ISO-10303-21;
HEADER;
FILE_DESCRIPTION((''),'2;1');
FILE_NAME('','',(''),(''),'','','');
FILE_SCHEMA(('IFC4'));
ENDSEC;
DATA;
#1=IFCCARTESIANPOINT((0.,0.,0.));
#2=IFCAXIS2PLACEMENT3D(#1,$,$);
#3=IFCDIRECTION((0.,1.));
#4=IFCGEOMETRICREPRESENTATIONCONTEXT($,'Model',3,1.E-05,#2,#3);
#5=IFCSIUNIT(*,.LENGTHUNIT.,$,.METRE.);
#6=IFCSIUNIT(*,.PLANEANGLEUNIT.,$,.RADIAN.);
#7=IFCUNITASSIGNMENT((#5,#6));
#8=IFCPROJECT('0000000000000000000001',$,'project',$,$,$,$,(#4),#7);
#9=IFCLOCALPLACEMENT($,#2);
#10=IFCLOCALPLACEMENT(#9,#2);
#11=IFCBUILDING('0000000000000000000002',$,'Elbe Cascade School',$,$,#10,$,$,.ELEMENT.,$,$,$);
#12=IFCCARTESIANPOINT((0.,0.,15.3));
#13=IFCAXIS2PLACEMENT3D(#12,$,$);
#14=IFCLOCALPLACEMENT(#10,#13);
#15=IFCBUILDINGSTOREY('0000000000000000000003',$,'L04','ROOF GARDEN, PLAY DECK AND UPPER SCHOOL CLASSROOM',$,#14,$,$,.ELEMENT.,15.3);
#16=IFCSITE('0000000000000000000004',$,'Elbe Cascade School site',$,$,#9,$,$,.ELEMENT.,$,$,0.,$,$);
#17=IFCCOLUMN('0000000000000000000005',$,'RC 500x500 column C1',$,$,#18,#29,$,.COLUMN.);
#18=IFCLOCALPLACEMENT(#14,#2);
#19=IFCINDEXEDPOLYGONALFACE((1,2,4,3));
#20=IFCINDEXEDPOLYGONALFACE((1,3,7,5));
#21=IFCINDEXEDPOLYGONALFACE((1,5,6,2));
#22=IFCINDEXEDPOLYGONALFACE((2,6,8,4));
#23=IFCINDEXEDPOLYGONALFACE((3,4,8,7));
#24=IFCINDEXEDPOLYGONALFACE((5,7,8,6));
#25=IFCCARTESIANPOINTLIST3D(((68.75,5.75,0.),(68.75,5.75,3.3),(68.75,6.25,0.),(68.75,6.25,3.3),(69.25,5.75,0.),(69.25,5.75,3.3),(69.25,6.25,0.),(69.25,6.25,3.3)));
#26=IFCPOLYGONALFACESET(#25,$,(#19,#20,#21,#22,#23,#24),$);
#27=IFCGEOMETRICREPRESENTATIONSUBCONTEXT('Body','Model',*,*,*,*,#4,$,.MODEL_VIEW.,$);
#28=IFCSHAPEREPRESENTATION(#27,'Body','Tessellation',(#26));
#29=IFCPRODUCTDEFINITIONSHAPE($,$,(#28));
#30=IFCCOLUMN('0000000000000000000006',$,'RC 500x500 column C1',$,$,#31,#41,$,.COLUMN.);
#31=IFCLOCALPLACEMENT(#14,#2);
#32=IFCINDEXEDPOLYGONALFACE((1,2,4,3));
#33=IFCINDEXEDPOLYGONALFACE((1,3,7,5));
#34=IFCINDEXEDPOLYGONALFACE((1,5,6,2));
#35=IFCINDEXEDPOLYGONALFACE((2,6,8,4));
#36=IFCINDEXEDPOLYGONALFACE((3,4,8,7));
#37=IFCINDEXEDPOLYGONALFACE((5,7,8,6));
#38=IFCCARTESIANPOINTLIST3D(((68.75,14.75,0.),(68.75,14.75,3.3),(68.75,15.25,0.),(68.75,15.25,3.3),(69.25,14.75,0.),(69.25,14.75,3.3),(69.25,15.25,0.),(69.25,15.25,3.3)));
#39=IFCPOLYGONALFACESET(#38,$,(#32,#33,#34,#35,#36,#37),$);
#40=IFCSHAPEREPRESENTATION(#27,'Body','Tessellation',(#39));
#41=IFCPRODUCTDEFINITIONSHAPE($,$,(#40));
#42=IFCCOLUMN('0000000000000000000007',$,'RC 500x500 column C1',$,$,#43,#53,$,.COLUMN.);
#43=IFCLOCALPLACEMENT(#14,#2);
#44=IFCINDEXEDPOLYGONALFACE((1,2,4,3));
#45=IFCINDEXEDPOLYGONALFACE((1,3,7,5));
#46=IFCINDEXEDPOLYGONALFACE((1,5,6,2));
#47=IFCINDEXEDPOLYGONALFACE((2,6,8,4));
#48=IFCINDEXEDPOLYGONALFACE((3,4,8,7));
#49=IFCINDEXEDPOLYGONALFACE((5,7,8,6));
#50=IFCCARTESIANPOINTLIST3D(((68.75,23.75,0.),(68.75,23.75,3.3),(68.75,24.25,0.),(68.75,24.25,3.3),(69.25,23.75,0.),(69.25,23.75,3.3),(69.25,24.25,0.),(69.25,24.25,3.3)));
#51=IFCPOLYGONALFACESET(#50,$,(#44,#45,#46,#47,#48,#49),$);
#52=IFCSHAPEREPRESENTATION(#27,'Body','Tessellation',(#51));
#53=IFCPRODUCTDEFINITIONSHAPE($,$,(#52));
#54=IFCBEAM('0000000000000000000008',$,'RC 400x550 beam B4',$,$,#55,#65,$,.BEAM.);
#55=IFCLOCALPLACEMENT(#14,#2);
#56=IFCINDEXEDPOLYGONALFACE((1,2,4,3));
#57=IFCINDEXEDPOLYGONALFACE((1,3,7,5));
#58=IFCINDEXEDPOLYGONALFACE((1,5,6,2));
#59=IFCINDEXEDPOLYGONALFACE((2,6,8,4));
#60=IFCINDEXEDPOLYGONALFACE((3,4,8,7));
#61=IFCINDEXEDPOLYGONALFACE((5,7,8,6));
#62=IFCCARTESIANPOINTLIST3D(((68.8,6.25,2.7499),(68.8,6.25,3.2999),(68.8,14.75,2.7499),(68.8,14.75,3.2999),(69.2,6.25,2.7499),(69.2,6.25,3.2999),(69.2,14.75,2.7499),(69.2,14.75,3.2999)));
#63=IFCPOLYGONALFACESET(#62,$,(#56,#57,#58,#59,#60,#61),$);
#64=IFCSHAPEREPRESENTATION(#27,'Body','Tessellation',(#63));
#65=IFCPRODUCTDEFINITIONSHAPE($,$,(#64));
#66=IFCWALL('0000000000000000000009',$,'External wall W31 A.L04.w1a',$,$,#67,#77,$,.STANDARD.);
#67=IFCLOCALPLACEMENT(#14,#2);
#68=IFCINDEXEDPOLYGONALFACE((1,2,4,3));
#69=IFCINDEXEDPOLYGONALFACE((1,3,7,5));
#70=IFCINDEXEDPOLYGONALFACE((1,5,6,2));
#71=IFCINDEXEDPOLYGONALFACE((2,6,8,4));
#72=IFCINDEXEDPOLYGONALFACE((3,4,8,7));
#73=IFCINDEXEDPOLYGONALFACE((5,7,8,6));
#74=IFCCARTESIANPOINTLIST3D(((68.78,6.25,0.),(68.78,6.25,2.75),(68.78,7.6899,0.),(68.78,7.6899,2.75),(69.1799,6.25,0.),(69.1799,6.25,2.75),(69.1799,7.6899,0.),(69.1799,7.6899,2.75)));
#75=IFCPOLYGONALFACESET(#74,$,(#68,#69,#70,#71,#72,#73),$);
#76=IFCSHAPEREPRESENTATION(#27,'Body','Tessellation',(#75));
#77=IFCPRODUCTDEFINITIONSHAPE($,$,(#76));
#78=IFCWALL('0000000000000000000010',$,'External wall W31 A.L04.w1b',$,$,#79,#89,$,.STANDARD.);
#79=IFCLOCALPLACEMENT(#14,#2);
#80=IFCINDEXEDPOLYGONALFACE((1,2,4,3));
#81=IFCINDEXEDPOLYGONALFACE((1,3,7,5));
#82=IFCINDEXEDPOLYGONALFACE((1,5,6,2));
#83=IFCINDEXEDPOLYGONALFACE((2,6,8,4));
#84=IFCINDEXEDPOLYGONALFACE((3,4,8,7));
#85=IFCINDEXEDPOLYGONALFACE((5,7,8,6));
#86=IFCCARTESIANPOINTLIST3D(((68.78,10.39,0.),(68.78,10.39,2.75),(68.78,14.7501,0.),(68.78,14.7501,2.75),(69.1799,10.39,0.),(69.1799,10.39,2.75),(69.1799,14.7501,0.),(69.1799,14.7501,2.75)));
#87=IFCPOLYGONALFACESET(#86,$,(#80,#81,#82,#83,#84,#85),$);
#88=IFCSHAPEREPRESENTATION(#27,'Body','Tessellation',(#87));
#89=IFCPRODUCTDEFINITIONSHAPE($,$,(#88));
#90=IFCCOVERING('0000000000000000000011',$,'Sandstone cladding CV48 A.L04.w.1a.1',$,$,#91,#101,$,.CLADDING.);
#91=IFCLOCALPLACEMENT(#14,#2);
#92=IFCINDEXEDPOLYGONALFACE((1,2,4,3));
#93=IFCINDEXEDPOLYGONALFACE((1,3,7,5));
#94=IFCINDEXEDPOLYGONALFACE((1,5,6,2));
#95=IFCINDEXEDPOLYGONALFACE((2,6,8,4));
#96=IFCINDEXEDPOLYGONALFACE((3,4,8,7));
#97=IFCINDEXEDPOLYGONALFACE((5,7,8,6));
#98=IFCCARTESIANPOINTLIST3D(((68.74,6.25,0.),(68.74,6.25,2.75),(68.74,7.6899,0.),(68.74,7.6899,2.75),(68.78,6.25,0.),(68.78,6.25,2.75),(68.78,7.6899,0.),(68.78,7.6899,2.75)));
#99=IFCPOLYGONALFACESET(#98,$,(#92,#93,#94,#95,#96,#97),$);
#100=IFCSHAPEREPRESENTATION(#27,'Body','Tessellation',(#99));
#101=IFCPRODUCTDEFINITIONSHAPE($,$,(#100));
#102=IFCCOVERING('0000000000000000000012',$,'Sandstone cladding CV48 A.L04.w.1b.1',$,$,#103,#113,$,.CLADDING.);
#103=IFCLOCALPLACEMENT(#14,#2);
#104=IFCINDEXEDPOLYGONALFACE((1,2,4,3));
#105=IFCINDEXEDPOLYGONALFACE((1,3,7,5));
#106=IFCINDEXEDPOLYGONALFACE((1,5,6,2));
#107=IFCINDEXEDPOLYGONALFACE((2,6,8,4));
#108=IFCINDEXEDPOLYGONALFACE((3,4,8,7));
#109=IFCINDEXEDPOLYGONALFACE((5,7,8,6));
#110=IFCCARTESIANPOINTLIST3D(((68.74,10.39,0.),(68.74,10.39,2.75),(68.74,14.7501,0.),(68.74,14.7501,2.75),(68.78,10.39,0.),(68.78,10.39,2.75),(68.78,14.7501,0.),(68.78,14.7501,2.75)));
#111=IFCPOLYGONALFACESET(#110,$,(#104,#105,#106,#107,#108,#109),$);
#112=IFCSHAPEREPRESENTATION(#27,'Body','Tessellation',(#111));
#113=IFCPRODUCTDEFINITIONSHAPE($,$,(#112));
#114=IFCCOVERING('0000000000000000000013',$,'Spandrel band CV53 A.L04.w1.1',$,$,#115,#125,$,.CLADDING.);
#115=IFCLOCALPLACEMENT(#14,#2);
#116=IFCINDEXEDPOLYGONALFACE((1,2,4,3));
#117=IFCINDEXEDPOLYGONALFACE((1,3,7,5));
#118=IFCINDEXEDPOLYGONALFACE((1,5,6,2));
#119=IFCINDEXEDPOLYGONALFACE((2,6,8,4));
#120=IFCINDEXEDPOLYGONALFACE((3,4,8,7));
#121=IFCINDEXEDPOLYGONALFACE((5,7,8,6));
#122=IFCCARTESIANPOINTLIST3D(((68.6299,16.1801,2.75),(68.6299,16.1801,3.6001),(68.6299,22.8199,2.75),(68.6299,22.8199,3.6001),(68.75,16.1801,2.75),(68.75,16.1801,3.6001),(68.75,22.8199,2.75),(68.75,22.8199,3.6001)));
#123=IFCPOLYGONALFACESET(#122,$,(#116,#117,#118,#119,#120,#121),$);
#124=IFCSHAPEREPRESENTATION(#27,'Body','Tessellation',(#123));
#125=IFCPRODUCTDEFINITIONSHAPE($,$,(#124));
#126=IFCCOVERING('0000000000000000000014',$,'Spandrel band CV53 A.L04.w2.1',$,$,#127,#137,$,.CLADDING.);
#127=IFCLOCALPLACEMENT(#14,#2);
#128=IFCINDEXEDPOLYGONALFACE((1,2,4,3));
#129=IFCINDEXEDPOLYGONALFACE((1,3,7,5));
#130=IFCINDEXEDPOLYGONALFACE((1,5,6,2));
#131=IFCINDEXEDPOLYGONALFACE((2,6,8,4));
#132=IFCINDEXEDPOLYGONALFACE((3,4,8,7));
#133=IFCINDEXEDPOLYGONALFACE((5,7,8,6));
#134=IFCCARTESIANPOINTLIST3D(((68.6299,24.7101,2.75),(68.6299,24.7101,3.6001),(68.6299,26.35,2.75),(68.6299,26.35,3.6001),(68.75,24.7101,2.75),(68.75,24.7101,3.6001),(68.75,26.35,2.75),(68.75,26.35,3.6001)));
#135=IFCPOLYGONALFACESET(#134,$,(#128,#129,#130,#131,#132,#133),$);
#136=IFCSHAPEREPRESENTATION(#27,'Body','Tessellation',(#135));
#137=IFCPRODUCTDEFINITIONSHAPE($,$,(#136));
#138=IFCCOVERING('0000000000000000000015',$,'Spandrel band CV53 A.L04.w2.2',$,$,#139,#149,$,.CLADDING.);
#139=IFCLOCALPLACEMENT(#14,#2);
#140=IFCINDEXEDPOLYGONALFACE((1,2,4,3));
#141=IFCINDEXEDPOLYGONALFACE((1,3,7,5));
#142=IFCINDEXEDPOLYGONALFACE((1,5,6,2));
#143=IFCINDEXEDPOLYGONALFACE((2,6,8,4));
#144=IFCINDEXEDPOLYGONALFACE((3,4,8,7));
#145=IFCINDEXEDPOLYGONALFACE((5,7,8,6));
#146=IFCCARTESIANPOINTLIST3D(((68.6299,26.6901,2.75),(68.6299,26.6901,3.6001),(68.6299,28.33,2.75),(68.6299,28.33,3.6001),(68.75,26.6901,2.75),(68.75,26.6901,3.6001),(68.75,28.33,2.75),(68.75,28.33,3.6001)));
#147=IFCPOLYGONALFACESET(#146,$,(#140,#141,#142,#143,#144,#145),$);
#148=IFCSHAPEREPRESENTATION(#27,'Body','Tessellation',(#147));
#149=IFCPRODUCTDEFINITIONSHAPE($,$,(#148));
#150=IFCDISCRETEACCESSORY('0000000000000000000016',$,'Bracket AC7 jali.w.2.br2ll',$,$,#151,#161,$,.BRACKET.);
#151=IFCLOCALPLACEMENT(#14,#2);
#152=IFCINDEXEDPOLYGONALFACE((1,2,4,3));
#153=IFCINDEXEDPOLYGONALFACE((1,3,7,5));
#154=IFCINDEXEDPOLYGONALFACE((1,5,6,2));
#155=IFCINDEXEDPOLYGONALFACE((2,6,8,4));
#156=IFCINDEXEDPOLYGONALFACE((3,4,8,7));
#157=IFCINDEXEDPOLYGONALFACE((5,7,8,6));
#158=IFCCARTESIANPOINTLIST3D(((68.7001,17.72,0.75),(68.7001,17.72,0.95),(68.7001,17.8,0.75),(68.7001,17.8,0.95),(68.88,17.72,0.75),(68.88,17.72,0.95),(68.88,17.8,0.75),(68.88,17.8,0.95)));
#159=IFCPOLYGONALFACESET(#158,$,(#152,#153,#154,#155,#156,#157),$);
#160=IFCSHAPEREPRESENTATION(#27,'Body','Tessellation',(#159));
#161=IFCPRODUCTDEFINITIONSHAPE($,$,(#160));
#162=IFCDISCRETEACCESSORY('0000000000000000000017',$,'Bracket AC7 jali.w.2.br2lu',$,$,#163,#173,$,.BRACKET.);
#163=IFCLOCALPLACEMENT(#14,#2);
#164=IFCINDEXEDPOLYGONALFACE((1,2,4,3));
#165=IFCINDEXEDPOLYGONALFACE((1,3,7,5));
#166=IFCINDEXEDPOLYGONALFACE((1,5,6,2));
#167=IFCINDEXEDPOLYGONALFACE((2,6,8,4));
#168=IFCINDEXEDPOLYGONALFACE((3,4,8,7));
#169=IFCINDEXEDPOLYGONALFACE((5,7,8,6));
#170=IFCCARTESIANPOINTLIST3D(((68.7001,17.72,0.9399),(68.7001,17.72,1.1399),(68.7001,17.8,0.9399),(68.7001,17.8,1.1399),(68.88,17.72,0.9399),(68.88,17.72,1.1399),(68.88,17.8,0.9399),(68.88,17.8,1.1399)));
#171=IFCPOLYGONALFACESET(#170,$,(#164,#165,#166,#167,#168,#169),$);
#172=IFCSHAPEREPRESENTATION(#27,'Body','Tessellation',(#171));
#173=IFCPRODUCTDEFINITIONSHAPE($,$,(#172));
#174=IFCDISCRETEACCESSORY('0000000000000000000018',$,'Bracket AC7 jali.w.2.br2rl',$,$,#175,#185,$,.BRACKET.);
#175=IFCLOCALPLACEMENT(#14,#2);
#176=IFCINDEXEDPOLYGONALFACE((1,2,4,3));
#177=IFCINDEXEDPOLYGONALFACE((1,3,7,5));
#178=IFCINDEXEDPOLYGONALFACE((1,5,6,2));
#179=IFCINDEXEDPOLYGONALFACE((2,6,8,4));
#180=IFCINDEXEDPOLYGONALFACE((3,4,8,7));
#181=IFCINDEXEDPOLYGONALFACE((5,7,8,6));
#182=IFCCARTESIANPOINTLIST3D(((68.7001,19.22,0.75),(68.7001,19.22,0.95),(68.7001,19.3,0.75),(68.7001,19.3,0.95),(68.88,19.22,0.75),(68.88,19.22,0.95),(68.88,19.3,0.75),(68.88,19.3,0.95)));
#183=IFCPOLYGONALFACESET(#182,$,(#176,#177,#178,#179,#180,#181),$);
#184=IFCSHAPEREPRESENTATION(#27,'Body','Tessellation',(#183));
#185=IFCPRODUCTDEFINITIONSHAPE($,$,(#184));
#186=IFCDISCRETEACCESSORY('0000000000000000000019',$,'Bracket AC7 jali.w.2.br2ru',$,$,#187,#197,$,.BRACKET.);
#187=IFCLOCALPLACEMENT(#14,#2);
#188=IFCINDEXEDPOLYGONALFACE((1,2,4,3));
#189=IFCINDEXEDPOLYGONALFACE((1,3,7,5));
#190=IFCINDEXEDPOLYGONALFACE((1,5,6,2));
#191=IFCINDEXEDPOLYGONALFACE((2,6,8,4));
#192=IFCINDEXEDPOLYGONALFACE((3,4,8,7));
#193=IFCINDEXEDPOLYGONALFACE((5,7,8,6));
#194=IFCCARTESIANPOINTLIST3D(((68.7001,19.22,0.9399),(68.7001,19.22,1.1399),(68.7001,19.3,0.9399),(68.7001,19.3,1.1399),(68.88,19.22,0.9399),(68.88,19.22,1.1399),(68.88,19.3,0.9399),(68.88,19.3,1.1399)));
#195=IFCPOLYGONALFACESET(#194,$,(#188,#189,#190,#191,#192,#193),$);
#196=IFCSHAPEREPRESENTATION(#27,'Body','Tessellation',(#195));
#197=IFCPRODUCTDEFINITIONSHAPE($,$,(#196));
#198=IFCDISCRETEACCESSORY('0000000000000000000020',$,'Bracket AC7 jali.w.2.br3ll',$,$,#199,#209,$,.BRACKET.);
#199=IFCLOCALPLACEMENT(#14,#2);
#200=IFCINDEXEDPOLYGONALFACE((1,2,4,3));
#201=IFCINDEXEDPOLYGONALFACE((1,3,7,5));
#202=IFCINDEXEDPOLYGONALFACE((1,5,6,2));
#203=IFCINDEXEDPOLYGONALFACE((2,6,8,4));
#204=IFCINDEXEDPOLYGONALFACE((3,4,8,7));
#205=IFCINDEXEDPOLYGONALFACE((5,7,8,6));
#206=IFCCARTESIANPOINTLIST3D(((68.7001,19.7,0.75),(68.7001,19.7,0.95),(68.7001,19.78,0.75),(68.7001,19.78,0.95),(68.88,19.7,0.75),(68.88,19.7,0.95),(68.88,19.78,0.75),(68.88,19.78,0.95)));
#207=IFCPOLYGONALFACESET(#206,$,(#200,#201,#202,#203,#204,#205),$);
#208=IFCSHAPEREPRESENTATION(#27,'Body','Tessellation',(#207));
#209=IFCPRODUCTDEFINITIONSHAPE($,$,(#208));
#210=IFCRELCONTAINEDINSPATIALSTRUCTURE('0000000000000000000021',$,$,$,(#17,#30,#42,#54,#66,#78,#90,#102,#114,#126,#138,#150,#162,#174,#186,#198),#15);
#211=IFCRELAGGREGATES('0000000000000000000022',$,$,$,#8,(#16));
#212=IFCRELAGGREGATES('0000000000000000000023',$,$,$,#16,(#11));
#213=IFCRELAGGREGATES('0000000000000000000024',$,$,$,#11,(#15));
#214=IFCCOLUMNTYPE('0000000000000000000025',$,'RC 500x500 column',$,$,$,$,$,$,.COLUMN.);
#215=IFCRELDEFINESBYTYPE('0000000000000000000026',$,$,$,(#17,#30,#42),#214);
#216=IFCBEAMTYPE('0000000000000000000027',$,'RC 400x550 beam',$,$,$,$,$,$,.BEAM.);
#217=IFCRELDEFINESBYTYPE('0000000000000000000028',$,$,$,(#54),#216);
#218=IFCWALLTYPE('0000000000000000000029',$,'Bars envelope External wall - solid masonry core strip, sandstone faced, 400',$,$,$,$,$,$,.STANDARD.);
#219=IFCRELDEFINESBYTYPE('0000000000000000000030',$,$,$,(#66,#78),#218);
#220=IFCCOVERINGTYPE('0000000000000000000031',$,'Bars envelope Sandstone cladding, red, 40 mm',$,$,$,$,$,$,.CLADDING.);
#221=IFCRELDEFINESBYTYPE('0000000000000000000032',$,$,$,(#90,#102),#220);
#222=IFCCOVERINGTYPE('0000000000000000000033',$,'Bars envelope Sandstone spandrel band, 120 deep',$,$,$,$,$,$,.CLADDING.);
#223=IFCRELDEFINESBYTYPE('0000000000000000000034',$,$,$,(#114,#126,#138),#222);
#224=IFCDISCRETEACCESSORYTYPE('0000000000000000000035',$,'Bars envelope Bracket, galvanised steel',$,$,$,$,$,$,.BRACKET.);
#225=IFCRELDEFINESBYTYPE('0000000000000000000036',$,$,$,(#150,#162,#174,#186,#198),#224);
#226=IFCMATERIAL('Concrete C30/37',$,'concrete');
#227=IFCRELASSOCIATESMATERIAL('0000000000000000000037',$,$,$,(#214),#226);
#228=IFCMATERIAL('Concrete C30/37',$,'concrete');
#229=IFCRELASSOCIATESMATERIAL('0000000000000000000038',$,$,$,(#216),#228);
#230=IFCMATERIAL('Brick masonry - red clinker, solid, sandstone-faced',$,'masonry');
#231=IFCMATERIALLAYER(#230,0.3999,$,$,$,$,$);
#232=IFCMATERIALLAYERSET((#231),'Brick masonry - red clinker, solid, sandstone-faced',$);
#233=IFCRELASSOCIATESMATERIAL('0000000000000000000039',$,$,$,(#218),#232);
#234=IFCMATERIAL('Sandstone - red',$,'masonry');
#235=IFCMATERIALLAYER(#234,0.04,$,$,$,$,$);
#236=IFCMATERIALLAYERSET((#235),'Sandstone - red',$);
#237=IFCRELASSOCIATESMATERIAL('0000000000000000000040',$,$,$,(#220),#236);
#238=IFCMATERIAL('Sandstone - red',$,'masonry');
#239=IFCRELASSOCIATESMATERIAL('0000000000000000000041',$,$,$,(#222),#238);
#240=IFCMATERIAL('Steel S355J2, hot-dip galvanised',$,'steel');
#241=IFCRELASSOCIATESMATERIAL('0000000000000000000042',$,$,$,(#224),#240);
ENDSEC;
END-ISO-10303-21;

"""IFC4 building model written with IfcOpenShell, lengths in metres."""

from ifc_helpers import new_model, si_unit, direction, frame, frame_2d, origin, origin_2d, place, context, subcontext, project, spatial, rectangle, extrude, material, layer, layer_set, material_profile, profile_set, type_object, element, save


model = new_model("IFC4")

# Units and contexts
model_context = context("Model", 3, precision=1e-05, world=origin(), true_north=direction((0.0, 1.0)))
body_context = subcontext(model_context, "Body", "Model", "MODEL_VIEW")
ifc_project = project(units=[si_unit("LENGTHUNIT", "METRE"), si_unit("PLANEANGLEUNIT", "RADIAN")], contexts=[model_context])

# Site, building, storey
site_placement = place(None, origin())
site = spatial("IfcSite", under=ifc_project, at=site_placement, Name="Elbe Cascade School site", CompositionType="ELEMENT", RefElevation=0.0)
building_placement = place(site_placement, origin())
building = spatial("IfcBuilding", under=site, at=building_placement, Name="Elbe Cascade School", CompositionType="ELEMENT")
storey_placement = place(building_placement, frame((0.0, 0.0, 15.3)))
storey = spatial("IfcBuildingStorey", under=building, at=storey_placement, Name="L04", Description="ROOF GARDEN, PLAY DECK AND UPPER SCHOOL CLASSROOM", CompositionType="ELEMENT", Elevation=15.3)

# Columns
ifc_material_1 = material(Name="Concrete C30/37", Category="concrete")
ifc_material_profile_1 = material_profile(ifc_material_1, rectangle(XDim=0.5, YDim=0.5, at=origin_2d()), Name="RC 500x500")
ifc_profile_set_1 = profile_set([ifc_material_profile_1], Name="Concrete C30/37")
column_type = type_object("IfcColumnType", Name="RC 500x500 column", PredefinedType="COLUMN", material=ifc_profile_set_1)
for number, where, z_axis, x_axis, name in (
    (1, (69.0, 6.0, 0.0), (0.0, 0.0, 1.0), (1.0, 0.0, 0.0), "RC 500x500 column C1"),
    (2, (69.0, 15.0, 0.0), (0.0, 0.0, 1.0), (1.0, 0.0, 0.0), "RC 500x500 column C1"),
    (3, (69.0, 24.0, 0.0), (0.0, 0.0, 1.0), (1.0, 0.0, 0.0), "RC 500x500 column C1"),
):
    element("IfcColumn", number, at=place(storey_placement, frame(where, z_axis=z_axis, x_axis=x_axis)), inside=storey, type_object=column_type, Name=name, PredefinedType="COLUMN", context=body_context, shape_type="SweptSolid", body=[
        extrude(rectangle(XDim=0.5, YDim=0.5, at=origin_2d()), origin(), (0.0, 0.0, 1.0), 3.3),
    ])

# Beam
ifc_material_2 = material(Name="Concrete C30/37", Category="concrete")
ifc_material_profile_2 = material_profile(ifc_material_2, rectangle(XDim=0.3999, YDim=0.55, at=origin_2d()), Name="RC 400x550")
ifc_profile_set_2 = profile_set([ifc_material_profile_2], Name="Concrete C30/37")
beam_type = type_object("IfcBeamType", Name="RC 400x550 beam", PredefinedType="BEAM", material=ifc_profile_set_2)
beam_placement = place(storey_placement, frame((69.0, 6.25, 3.0249), z_axis=(0.0, 1.0, 0.0), x_axis=(-1.0, 0.0, 0.0)))
element("IfcBeam", 4, at=beam_placement, inside=storey, type_object=beam_type, Name="RC 400x550 beam B4", PredefinedType="BEAM", context=body_context, shape_type="SweptSolid", body=[
    extrude(rectangle(XDim=0.3999, YDim=0.55, at=origin_2d()), origin(), (0.0, 0.0, 1.0), 8.5),
])

# Walls
ifc_material_3 = material(Name="Brick masonry - red clinker, solid, sandstone-faced", Category="masonry")
ifc_layer_1 = layer(ifc_material_3, 0.3999)
ifc_layer_set_1 = layer_set([ifc_layer_1], Name="Brick masonry - red clinker, solid, sandstone-faced")
wall_type = type_object("IfcWallType", Name="Bars envelope External wall - solid masonry core strip, sandstone faced, 400", PredefinedType="STANDARD", material=ifc_layer_set_1)
wall_1_placement = place(storey_placement, frame((68.98, 6.25, 0.0), z_axis=(0.0, 0.0, 1.0), x_axis=(0.0, 1.0, 0.0)))
element("IfcWall", 5, at=wall_1_placement, inside=storey, type_object=wall_type, Name="External wall W31 A.L04.w1a", PredefinedType="STANDARD", context=body_context, shape_type="SweptSolid", body=[
    extrude(rectangle(XDim=1.4399, YDim=0.3999, at=frame_2d((0.72, 0.0))), origin(), (0.0, 0.0, 1.0), 2.75),
])
wall_2_placement = place(storey_placement, frame((68.98, 10.3899, 0.0), z_axis=(0.0, 0.0, 1.0), x_axis=(0.0, 1.0, 0.0)))
element("IfcWall", 6, at=wall_2_placement, inside=storey, type_object=wall_type, Name="External wall W31 A.L04.w1b", PredefinedType="STANDARD", context=body_context, shape_type="SweptSolid", body=[
    extrude(rectangle(XDim=4.3601, YDim=0.3999, at=frame_2d((2.1802, 0.0))), origin(), (0.0, 0.0, 1.0), 2.75),
])

# Coverings
ifc_material_4 = material(Name="Sandstone - red", Category="masonry")
ifc_layer_2 = layer(ifc_material_4, 0.04)
ifc_layer_set_2 = layer_set([ifc_layer_2], Name="Sandstone - red")
covering_type_1 = type_object("IfcCoveringType", Name="Bars envelope Sandstone cladding, red, 40 mm", PredefinedType="CLADDING", material=ifc_layer_set_2)
covering_1_placement = place(storey_placement, frame((68.76, 6.97, 0.0), z_axis=(0.0, 0.0, 1.0), x_axis=(0.0, 1.0, 0.0)))
element("IfcCovering", 7, at=covering_1_placement, inside=storey, type_object=covering_type_1, Name="Sandstone cladding CV48 A.L04.w.1a.1", PredefinedType="CLADDING", context=body_context, shape_type="SweptSolid", body=[
    extrude(rectangle(XDim=1.4399, YDim=0.04, at=origin_2d()), origin(), (0.0, 0.0, 1.0), 2.75),
])
covering_2_placement = place(storey_placement, frame((68.76, 12.5701, 0.0), z_axis=(0.0, 0.0, 1.0), x_axis=(0.0, 1.0, 0.0)))
element("IfcCovering", 8, at=covering_2_placement, inside=storey, type_object=covering_type_1, Name="Sandstone cladding CV48 A.L04.w.1b.1", PredefinedType="CLADDING", context=body_context, shape_type="SweptSolid", body=[
    extrude(rectangle(XDim=4.3601, YDim=0.04, at=origin_2d()), origin(), (0.0, 0.0, 1.0), 2.75),
])
ifc_material_5 = material(Name="Sandstone - red", Category="masonry")
covering_type_2 = type_object("IfcCoveringType", Name="Bars envelope Sandstone spandrel band, 120 deep", PredefinedType="CLADDING", material=ifc_material_5)
covering_3_placement = place(storey_placement, frame((68.6899, 19.5, 2.75), z_axis=(0.0, 0.0, 1.0), x_axis=(0.0, 1.0, 0.0)))
element("IfcCovering", 9, at=covering_3_placement, inside=storey, type_object=covering_type_2, Name="Spandrel band CV53 A.L04.w1.1", PredefinedType="CLADDING", context=body_context, shape_type="SweptSolid", body=[
    extrude(rectangle(XDim=6.6399, YDim=0.1201, at=origin_2d()), origin(), (0.0, 0.0, 1.0), 0.8501),
])
for number, where, z_axis, x_axis, name in (
    (10, (68.6899, 25.53, 2.75), (0.0, 0.0, 1.0), (0.0, 1.0, 0.0), "Spandrel band CV53 A.L04.w2.1"),
    (11, (68.6899, 27.51, 2.75), (0.0, 0.0, 1.0), (0.0, 1.0, 0.0), "Spandrel band CV53 A.L04.w2.2"),
):
    element("IfcCovering", number, at=place(storey_placement, frame(where, z_axis=z_axis, x_axis=x_axis)), inside=storey, type_object=covering_type_2, Name=name, PredefinedType="CLADDING", context=body_context, shape_type="SweptSolid", body=[
        extrude(rectangle(XDim=1.6399, YDim=0.1201, at=origin_2d()), origin(), (0.0, 0.0, 1.0), 0.8501),
    ])

# Discrete accessories
ifc_material_6 = material(Name="Steel S355J2, hot-dip galvanised", Category="steel")
discrete_accessory_type = type_object("IfcDiscreteAccessoryType", Name="Bars envelope Bracket, galvanised steel", PredefinedType="BRACKET", material=ifc_material_6)
for number, where, z_axis, x_axis, name in (
    (12, (68.79, 17.76, 0.75), (0.0, 0.0, 1.0), (0.0, 1.0, 0.0), "Bracket AC7 jali.w.2.br2ll"),
    (13, (68.79, 17.76, 0.9399), (0.0, 0.0, 1.0), (0.0, 1.0, 0.0), "Bracket AC7 jali.w.2.br2lu"),
    (14, (68.79, 19.26, 0.75), (0.0, 0.0, 1.0), (0.0, 1.0, 0.0), "Bracket AC7 jali.w.2.br2rl"),
    (15, (68.79, 19.26, 0.9399), (0.0, 0.0, 1.0), (0.0, 1.0, 0.0), "Bracket AC7 jali.w.2.br2ru"),
    (16, (68.79, 19.74, 0.75), (0.0, 0.0, 1.0), (0.0, 1.0, 0.0), "Bracket AC7 jali.w.2.br3ll"),
):
    element("IfcDiscreteAccessory", number, at=place(storey_placement, frame(where, z_axis=z_axis, x_axis=x_axis)), inside=storey, type_object=discrete_accessory_type, Name=name, PredefinedType="BRACKET", context=body_context, shape_type="SweptSolid", body=[
        extrude(rectangle(XDim=0.0801, YDim=0.1799, at=origin_2d()), origin(), (0.0, 0.0, 1.0), 0.2),
    ])

save(model, "model.ifc")
